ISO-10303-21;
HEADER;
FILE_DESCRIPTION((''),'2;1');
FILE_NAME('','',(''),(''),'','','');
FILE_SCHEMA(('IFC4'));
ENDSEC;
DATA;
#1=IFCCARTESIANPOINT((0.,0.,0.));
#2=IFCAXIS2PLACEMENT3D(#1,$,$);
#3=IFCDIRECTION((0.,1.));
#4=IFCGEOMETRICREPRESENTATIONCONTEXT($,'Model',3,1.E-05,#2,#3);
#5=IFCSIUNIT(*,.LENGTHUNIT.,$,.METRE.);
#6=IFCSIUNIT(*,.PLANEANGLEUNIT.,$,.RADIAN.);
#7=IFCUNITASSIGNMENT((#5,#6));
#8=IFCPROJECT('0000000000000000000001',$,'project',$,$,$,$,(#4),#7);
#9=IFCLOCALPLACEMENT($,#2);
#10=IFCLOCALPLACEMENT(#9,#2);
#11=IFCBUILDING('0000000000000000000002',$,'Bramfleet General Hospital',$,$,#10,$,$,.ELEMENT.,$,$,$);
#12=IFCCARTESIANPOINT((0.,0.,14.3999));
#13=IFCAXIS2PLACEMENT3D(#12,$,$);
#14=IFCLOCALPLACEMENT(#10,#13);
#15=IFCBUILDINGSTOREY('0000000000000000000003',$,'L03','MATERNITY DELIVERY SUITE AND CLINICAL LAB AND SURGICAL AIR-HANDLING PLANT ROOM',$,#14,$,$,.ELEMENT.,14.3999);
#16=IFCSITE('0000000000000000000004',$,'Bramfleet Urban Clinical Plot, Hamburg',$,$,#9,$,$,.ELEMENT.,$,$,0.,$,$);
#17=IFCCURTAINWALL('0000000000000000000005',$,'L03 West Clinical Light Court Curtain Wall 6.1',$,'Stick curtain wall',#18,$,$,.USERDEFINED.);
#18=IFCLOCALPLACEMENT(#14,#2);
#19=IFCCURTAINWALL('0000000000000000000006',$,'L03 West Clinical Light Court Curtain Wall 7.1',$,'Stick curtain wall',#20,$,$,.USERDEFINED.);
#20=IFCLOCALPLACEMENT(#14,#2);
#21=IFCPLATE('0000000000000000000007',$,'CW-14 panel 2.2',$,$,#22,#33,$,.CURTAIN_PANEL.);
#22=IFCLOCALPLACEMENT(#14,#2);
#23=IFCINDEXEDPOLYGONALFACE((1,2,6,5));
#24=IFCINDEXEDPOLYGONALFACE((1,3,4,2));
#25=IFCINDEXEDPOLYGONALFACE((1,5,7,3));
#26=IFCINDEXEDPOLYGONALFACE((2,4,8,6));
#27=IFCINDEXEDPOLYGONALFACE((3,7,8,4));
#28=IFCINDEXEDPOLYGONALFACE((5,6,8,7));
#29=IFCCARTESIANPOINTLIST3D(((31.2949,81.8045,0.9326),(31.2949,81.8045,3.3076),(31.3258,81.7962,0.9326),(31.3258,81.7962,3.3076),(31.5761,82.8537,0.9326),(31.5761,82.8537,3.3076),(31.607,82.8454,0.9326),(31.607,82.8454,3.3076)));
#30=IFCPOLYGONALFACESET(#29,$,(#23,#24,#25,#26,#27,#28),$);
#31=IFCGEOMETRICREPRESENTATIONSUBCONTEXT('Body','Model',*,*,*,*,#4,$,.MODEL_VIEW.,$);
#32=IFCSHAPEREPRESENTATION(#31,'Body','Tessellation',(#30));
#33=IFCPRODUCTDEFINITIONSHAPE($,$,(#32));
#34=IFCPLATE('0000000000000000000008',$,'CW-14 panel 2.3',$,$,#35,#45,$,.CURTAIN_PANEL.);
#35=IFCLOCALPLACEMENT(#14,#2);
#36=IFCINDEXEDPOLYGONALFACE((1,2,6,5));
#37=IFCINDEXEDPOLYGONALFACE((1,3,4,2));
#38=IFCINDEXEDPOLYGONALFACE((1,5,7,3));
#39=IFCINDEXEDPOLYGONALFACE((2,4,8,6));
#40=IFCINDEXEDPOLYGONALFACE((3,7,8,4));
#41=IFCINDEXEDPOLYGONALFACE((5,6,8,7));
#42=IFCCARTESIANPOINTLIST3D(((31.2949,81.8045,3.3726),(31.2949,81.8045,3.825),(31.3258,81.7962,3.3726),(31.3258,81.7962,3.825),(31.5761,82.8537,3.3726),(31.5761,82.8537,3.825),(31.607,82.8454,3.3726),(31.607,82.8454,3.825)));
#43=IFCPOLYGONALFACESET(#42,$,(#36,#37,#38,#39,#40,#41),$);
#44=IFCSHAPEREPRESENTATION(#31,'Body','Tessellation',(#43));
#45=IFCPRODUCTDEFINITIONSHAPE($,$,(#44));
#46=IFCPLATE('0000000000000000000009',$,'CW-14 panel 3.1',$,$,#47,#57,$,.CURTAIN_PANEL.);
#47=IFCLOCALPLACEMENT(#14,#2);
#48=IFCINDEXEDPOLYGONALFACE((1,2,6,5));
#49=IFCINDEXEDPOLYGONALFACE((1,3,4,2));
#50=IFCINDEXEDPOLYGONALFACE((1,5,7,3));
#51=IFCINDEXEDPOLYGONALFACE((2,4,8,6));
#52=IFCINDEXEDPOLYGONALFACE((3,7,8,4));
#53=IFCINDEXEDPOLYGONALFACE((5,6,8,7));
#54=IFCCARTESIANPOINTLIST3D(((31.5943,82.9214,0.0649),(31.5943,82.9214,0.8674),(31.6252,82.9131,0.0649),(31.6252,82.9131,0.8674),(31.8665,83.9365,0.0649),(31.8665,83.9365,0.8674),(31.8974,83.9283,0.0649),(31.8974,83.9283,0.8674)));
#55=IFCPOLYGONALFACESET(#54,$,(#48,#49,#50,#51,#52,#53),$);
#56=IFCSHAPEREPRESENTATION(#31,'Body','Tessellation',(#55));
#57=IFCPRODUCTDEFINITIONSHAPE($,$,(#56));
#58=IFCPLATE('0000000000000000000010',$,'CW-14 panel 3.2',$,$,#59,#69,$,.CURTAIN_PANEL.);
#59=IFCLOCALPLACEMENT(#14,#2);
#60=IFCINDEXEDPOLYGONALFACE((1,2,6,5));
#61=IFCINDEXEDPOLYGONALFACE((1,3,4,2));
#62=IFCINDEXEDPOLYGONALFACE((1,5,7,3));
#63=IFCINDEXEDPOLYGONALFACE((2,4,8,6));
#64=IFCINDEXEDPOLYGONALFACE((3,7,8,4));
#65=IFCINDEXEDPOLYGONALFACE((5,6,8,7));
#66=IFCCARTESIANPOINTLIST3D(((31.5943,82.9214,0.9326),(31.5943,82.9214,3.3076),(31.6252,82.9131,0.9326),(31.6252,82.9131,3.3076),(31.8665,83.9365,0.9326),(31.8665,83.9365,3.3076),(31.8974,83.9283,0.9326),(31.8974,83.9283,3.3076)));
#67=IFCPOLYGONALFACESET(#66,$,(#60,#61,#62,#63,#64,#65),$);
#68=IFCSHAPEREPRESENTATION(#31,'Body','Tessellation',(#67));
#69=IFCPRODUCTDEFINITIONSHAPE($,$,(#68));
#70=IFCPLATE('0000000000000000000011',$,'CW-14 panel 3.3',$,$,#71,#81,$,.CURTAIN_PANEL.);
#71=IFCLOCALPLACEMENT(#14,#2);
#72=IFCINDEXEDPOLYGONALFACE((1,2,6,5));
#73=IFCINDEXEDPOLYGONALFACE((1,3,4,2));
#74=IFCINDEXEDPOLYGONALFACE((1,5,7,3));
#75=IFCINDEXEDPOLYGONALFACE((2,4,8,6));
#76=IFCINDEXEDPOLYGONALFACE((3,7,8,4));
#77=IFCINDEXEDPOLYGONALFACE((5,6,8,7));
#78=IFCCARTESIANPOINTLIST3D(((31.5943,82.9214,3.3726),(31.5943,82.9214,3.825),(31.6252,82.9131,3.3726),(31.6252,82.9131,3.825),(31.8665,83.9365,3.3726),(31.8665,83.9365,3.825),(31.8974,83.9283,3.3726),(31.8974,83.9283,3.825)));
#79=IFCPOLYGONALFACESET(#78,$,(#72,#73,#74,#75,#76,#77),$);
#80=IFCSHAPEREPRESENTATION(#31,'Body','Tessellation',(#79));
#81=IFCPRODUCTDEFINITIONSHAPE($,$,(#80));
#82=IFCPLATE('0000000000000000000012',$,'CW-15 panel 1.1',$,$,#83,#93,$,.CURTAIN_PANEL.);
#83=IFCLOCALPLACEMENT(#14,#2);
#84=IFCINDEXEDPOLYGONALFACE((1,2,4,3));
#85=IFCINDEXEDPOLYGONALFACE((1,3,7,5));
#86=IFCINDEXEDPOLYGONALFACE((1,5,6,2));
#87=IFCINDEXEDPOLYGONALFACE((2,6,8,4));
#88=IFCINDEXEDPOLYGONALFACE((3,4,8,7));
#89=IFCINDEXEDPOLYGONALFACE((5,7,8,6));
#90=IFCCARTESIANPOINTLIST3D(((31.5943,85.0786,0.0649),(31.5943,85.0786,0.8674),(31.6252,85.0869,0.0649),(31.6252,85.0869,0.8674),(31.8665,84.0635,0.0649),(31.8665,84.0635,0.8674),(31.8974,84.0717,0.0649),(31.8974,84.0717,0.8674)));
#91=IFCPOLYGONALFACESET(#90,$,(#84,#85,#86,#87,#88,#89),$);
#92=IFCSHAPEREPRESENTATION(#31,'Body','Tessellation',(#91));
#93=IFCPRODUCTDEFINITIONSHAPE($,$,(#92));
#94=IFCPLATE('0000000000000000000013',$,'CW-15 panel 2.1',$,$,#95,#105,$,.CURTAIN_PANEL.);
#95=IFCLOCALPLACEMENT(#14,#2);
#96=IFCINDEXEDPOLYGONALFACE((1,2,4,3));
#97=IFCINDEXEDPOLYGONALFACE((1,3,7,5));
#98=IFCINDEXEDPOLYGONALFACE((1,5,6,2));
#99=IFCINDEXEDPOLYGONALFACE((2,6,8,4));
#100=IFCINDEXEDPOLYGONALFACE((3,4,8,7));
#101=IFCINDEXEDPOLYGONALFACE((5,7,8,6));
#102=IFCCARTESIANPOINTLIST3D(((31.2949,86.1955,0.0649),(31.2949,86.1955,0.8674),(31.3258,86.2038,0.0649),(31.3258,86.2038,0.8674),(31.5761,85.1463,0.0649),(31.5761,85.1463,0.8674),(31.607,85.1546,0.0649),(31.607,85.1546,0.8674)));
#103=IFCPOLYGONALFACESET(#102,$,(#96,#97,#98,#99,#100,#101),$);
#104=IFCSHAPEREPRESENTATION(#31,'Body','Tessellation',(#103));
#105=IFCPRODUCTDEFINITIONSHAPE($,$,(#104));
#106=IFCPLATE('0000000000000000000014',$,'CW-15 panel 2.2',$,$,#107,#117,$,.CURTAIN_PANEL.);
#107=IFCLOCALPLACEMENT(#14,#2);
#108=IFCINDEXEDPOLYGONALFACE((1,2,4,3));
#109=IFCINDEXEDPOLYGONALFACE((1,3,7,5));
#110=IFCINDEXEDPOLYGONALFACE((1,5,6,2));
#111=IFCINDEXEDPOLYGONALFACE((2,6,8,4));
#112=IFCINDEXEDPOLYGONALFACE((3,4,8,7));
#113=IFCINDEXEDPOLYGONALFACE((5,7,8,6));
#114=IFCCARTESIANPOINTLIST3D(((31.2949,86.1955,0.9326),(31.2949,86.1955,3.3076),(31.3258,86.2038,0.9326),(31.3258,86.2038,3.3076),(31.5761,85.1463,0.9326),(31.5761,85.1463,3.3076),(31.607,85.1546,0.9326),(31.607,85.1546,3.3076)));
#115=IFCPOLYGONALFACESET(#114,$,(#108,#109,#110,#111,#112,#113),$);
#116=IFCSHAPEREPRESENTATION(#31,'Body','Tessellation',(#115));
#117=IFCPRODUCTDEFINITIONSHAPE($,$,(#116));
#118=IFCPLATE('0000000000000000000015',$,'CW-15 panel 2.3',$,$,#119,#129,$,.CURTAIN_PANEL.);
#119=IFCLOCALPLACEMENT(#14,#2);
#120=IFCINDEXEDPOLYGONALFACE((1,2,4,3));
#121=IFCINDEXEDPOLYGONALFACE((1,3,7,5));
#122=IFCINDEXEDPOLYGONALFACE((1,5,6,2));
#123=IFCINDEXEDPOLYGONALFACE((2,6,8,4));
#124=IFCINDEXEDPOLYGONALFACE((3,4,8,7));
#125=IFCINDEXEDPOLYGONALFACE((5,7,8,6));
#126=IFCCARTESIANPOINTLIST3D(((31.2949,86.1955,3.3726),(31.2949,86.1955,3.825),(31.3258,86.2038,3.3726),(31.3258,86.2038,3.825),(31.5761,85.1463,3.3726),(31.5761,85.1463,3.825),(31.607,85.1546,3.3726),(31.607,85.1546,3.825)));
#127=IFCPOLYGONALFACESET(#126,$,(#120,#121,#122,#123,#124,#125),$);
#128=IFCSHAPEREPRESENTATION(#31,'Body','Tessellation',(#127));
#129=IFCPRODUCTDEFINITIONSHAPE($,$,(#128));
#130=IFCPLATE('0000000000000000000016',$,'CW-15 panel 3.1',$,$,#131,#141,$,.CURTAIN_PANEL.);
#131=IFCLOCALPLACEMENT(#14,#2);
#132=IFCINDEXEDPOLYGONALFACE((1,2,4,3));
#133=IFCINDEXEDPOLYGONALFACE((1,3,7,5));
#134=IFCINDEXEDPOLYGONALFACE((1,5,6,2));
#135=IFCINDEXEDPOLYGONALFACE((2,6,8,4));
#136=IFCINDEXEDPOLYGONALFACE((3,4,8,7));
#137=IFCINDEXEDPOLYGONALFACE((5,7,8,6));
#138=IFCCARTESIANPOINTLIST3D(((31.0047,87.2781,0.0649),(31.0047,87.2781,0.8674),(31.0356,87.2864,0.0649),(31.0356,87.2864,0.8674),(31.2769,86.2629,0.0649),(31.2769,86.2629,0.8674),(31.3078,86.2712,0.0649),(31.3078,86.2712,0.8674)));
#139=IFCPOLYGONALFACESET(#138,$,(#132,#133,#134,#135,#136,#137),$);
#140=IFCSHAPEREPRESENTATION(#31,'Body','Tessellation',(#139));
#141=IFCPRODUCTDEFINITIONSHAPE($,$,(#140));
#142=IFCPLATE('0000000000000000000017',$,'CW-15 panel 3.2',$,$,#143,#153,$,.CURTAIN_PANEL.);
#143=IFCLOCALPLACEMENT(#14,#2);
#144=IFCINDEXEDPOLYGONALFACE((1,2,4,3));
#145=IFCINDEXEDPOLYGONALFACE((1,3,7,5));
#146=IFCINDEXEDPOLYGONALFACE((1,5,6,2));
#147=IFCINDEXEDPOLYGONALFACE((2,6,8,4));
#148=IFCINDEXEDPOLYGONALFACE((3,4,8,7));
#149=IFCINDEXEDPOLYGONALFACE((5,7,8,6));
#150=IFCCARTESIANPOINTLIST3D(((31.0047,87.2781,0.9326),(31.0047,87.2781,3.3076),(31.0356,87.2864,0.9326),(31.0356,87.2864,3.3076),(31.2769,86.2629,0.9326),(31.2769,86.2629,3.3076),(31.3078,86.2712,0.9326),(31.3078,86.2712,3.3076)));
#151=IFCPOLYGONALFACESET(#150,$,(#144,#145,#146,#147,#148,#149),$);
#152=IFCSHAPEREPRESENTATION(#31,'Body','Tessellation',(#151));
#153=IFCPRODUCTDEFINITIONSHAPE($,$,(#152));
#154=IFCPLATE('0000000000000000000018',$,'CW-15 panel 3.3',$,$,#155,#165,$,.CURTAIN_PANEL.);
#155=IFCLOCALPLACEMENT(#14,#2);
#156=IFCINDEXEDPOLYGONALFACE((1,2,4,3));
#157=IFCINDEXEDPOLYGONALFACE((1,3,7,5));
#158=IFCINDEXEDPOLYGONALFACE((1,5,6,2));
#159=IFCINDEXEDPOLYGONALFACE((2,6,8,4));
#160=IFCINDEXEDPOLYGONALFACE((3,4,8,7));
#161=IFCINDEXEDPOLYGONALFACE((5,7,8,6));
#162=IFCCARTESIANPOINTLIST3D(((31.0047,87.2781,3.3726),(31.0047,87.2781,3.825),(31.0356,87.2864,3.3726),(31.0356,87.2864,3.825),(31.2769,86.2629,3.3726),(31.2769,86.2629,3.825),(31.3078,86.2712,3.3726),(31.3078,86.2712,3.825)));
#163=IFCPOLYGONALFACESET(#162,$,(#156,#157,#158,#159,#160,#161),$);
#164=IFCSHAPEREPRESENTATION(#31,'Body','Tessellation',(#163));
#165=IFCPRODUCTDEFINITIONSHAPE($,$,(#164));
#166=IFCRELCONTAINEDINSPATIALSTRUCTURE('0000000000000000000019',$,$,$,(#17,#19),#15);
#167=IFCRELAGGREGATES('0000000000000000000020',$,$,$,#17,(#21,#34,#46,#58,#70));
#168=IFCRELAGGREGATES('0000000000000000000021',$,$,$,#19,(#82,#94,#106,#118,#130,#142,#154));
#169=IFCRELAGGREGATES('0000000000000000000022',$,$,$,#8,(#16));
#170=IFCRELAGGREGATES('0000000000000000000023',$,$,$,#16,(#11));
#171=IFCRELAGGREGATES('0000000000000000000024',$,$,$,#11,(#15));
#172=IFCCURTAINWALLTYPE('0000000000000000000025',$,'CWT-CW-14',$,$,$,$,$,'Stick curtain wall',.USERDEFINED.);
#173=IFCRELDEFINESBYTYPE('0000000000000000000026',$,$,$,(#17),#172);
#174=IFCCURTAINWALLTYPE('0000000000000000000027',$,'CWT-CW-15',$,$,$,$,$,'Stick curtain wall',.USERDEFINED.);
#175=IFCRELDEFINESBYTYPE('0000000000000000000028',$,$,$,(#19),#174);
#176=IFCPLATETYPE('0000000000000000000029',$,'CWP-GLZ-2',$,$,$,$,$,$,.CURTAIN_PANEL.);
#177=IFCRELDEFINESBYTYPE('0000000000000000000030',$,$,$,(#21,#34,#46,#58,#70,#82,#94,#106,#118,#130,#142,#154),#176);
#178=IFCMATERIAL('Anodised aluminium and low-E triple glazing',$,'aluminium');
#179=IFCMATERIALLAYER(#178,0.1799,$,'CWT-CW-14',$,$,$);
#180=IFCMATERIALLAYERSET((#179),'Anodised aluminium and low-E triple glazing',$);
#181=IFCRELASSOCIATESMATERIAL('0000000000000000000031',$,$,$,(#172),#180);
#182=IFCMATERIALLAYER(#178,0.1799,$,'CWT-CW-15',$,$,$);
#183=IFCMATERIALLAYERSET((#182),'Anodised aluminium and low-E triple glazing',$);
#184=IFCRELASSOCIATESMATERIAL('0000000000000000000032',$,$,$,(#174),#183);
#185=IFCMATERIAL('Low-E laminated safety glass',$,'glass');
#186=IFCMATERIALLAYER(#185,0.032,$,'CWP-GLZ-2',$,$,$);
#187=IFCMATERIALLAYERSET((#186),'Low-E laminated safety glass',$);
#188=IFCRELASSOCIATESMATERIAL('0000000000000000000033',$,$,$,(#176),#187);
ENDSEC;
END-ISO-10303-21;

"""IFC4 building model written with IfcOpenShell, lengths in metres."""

from ifc_helpers import new_model, si_unit, direction, frame, origin, origin_2d, place, context, subcontext, project, spatial, rectangle, extrude, material, layer, layer_set, type_object, element, aggregate, save


model = new_model("IFC4")

# Units and contexts
model_context = context("Model", 3, precision=1e-05, world=origin(), true_north=direction((0.0, 1.0)))
body_context = subcontext(model_context, "Body", "Model", "MODEL_VIEW")
ifc_project = project(units=[si_unit("LENGTHUNIT", "METRE"), si_unit("PLANEANGLEUNIT", "RADIAN")], contexts=[model_context])

# Site, building, storey
site_placement = place(None, origin())
site = spatial("IfcSite", under=ifc_project, at=site_placement, Name="Bramfleet Urban Clinical Plot, Hamburg", CompositionType="ELEMENT", RefElevation=0.0)
building_placement = place(site_placement, origin())
building = spatial("IfcBuilding", under=site, at=building_placement, Name="Bramfleet General Hospital", CompositionType="ELEMENT")
storey_placement = place(building_placement, frame((0.0, 0.0, 14.3999)))
storey = spatial("IfcBuildingStorey", under=building, at=storey_placement, Name="L03", Description="MATERNITY DELIVERY SUITE AND CLINICAL LAB AND SURGICAL AIR-HANDLING PLANT ROOM", CompositionType="ELEMENT", Elevation=14.3999)

# Curtain walls
ifc_material_1 = material(Name="Anodised aluminium and low-E triple glazing", Category="aluminium")
ifc_layer_1 = layer(ifc_material_1, 0.1799, Name="CWT-CW-14")
ifc_layer_set_1 = layer_set([ifc_layer_1], Name="Anodised aluminium and low-E triple glazing")
curtain_wall_type_1 = type_object("IfcCurtainWallType", Name="CWT-CW-14", ElementType="Stick curtain wall", PredefinedType="USERDEFINED", material=ifc_layer_set_1)
curtain_wall_1_placement = place(storey_placement, origin())
curtain_wall_1 = element("IfcCurtainWall", 1, at=curtain_wall_1_placement, inside=storey, type_object=curtain_wall_type_1, Name="L03 West Clinical Light Court Curtain Wall 6.1", ObjectType="Stick curtain wall", PredefinedType="USERDEFINED")
ifc_layer_2 = layer(ifc_material_1, 0.1799, Name="CWT-CW-15")
ifc_layer_set_2 = layer_set([ifc_layer_2], Name="Anodised aluminium and low-E triple glazing")
curtain_wall_type_2 = type_object("IfcCurtainWallType", Name="CWT-CW-15", ElementType="Stick curtain wall", PredefinedType="USERDEFINED", material=ifc_layer_set_2)
curtain_wall_2_placement = place(storey_placement, origin())
curtain_wall_2 = element("IfcCurtainWall", 2, at=curtain_wall_2_placement, inside=storey, type_object=curtain_wall_type_2, Name="L03 West Clinical Light Court Curtain Wall 7.1", ObjectType="Stick curtain wall", PredefinedType="USERDEFINED")

# Plates
ifc_material_2 = material(Name="Low-E laminated safety glass", Category="glass")
ifc_layer_3 = layer(ifc_material_2, 0.032, Name="CWP-GLZ-2")
ifc_layer_set_3 = layer_set([ifc_layer_3], Name="Low-E laminated safety glass")
plate_type = type_object("IfcPlateType", Name="CWP-GLZ-2", PredefinedType="CURTAIN_PANEL", material=ifc_layer_set_3)
plate_1_placement = place(storey_placement, frame((31.4509, 82.325, 0.9326), z_axis=(0.0, 0.0, 1.0), x_axis=(0.258919, 0.965899, 0.0)))
plate_1 = element("IfcPlate", 3, at=plate_1_placement, type_object=plate_type, Name="CW-14 panel 2.2", PredefinedType="CURTAIN_PANEL", context=body_context, shape_type="SweptSolid", body=[
    extrude(rectangle(XDim=1.0862, YDim=0.032, at=origin_2d()), origin(), (0.0, 0.0, 1.0), 2.375),
])
plate_2_placement = place(storey_placement, frame((31.4509, 82.325, 3.3726), z_axis=(0.0, 0.0, 1.0), x_axis=(0.258919, 0.965899, 0.0)))
plate_2 = element("IfcPlate", 4, at=plate_2_placement, type_object=plate_type, Name="CW-14 panel 2.3", PredefinedType="CURTAIN_PANEL", context=body_context, shape_type="SweptSolid", body=[
    extrude(rectangle(XDim=1.0862, YDim=0.032, at=origin_2d()), origin(), (0.0, 0.0, 1.0), 0.4524),
])
plate_3_placement = place(storey_placement, frame((31.7458, 83.4248, 0.0649), z_axis=(0.0, 0.0, 1.0), x_axis=(0.258919, 0.965899, 0.0)))
plate_3 = element("IfcPlate", 5, at=plate_3_placement, type_object=plate_type, Name="CW-14 panel 3.1", PredefinedType="CURTAIN_PANEL", context=body_context, shape_type="SweptSolid", body=[
    extrude(rectangle(XDim=1.051, YDim=0.032, at=origin_2d()), origin(), (0.0, 0.0, 1.0), 0.8025),
])
plate_4_placement = place(storey_placement, frame((31.7458, 83.4248, 0.9326), z_axis=(0.0, 0.0, 1.0), x_axis=(0.258919, 0.965899, 0.0)))
plate_4 = element("IfcPlate", 6, at=plate_4_placement, type_object=plate_type, Name="CW-14 panel 3.2", PredefinedType="CURTAIN_PANEL", context=body_context, shape_type="SweptSolid", body=[
    extrude(rectangle(XDim=1.051, YDim=0.032, at=origin_2d()), origin(), (0.0, 0.0, 1.0), 2.375),
])
plate_5_placement = place(storey_placement, frame((31.7458, 83.4248, 3.3726), z_axis=(0.0, 0.0, 1.0), x_axis=(0.258919, 0.965899, 0.0)))
plate_5 = element("IfcPlate", 7, at=plate_5_placement, type_object=plate_type, Name="CW-14 panel 3.3", PredefinedType="CURTAIN_PANEL", context=body_context, shape_type="SweptSolid", body=[
    extrude(rectangle(XDim=1.051, YDim=0.032, at=origin_2d()), origin(), (0.0, 0.0, 1.0), 0.4524),
])
aggregate(curtain_wall_1, [plate_1, plate_2, plate_3, plate_4, plate_5])
plate_6_placement = place(storey_placement, frame((31.7458, 84.5752, 0.0649), z_axis=(0.0, 0.0, 1.0), x_axis=(-0.258919, 0.965899, 0.0)))
plate_6 = element("IfcPlate", 8, at=plate_6_placement, type_object=plate_type, Name="CW-15 panel 1.1", PredefinedType="CURTAIN_PANEL", context=body_context, shape_type="SweptSolid", body=[
    extrude(rectangle(XDim=1.051, YDim=0.032, at=origin_2d()), origin(), (0.0, 0.0, 1.0), 0.8025),
])
plate_7_placement = place(storey_placement, frame((31.4509, 85.675, 0.0649), z_axis=(0.0, 0.0, 1.0), x_axis=(-0.258919, 0.965899, 0.0)))
plate_7 = element("IfcPlate", 9, at=plate_7_placement, type_object=plate_type, Name="CW-15 panel 2.1", PredefinedType="CURTAIN_PANEL", context=body_context, shape_type="SweptSolid", body=[
    extrude(rectangle(XDim=1.0862, YDim=0.032, at=origin_2d()), origin(), (0.0, 0.0, 1.0), 0.8025),
])
plate_8_placement = place(storey_placement, frame((31.4509, 85.675, 0.9326), z_axis=(0.0, 0.0, 1.0), x_axis=(-0.258919, 0.965899, 0.0)))
plate_8 = element("IfcPlate", 10, at=plate_8_placement, type_object=plate_type, Name="CW-15 panel 2.2", PredefinedType="CURTAIN_PANEL", context=body_context, shape_type="SweptSolid", body=[
    extrude(rectangle(XDim=1.0862, YDim=0.032, at=origin_2d()), origin(), (0.0, 0.0, 1.0), 2.375),
])
plate_9_placement = place(storey_placement, frame((31.4509, 85.675, 3.3726), z_axis=(0.0, 0.0, 1.0), x_axis=(-0.258919, 0.965899, 0.0)))
plate_9 = element("IfcPlate", 11, at=plate_9_placement, type_object=plate_type, Name="CW-15 panel 2.3", PredefinedType="CURTAIN_PANEL", context=body_context, shape_type="SweptSolid", body=[
    extrude(rectangle(XDim=1.0862, YDim=0.032, at=origin_2d()), origin(), (0.0, 0.0, 1.0), 0.4524),
])
plate_10_placement = place(storey_placement, frame((31.1562, 86.7747, 0.0649), z_axis=(0.0, 0.0, 1.0), x_axis=(-0.258919, 0.965899, 0.0)))
plate_10 = element("IfcPlate", 12, at=plate_10_placement, type_object=plate_type, Name="CW-15 panel 3.1", PredefinedType="CURTAIN_PANEL", context=body_context, shape_type="SweptSolid", body=[
    extrude(rectangle(XDim=1.051, YDim=0.032, at=origin_2d()), origin(), (0.0, 0.0, 1.0), 0.8025),
])
plate_11_placement = place(storey_placement, frame((31.1562, 86.7747, 0.9326), z_axis=(0.0, 0.0, 1.0), x_axis=(-0.258919, 0.965899, 0.0)))
plate_11 = element("IfcPlate", 13, at=plate_11_placement, type_object=plate_type, Name="CW-15 panel 3.2", PredefinedType="CURTAIN_PANEL", context=body_context, shape_type="SweptSolid", body=[
    extrude(rectangle(XDim=1.051, YDim=0.032, at=origin_2d()), origin(), (0.0, 0.0, 1.0), 2.375),
])
plate_12_placement = place(storey_placement, frame((31.1562, 86.7747, 3.3726), z_axis=(0.0, 0.0, 1.0), x_axis=(-0.258919, 0.965899, 0.0)))
plate_12 = element("IfcPlate", 14, at=plate_12_placement, type_object=plate_type, Name="CW-15 panel 3.3", PredefinedType="CURTAIN_PANEL", context=body_context, shape_type="SweptSolid", body=[
    extrude(rectangle(XDim=1.051, YDim=0.032, at=origin_2d()), origin(), (0.0, 0.0, 1.0), 0.4524),
])
aggregate(curtain_wall_2, [plate_6, plate_7, plate_8, plate_9, plate_10, plate_11, plate_12])

save(model, "model.ifc")
